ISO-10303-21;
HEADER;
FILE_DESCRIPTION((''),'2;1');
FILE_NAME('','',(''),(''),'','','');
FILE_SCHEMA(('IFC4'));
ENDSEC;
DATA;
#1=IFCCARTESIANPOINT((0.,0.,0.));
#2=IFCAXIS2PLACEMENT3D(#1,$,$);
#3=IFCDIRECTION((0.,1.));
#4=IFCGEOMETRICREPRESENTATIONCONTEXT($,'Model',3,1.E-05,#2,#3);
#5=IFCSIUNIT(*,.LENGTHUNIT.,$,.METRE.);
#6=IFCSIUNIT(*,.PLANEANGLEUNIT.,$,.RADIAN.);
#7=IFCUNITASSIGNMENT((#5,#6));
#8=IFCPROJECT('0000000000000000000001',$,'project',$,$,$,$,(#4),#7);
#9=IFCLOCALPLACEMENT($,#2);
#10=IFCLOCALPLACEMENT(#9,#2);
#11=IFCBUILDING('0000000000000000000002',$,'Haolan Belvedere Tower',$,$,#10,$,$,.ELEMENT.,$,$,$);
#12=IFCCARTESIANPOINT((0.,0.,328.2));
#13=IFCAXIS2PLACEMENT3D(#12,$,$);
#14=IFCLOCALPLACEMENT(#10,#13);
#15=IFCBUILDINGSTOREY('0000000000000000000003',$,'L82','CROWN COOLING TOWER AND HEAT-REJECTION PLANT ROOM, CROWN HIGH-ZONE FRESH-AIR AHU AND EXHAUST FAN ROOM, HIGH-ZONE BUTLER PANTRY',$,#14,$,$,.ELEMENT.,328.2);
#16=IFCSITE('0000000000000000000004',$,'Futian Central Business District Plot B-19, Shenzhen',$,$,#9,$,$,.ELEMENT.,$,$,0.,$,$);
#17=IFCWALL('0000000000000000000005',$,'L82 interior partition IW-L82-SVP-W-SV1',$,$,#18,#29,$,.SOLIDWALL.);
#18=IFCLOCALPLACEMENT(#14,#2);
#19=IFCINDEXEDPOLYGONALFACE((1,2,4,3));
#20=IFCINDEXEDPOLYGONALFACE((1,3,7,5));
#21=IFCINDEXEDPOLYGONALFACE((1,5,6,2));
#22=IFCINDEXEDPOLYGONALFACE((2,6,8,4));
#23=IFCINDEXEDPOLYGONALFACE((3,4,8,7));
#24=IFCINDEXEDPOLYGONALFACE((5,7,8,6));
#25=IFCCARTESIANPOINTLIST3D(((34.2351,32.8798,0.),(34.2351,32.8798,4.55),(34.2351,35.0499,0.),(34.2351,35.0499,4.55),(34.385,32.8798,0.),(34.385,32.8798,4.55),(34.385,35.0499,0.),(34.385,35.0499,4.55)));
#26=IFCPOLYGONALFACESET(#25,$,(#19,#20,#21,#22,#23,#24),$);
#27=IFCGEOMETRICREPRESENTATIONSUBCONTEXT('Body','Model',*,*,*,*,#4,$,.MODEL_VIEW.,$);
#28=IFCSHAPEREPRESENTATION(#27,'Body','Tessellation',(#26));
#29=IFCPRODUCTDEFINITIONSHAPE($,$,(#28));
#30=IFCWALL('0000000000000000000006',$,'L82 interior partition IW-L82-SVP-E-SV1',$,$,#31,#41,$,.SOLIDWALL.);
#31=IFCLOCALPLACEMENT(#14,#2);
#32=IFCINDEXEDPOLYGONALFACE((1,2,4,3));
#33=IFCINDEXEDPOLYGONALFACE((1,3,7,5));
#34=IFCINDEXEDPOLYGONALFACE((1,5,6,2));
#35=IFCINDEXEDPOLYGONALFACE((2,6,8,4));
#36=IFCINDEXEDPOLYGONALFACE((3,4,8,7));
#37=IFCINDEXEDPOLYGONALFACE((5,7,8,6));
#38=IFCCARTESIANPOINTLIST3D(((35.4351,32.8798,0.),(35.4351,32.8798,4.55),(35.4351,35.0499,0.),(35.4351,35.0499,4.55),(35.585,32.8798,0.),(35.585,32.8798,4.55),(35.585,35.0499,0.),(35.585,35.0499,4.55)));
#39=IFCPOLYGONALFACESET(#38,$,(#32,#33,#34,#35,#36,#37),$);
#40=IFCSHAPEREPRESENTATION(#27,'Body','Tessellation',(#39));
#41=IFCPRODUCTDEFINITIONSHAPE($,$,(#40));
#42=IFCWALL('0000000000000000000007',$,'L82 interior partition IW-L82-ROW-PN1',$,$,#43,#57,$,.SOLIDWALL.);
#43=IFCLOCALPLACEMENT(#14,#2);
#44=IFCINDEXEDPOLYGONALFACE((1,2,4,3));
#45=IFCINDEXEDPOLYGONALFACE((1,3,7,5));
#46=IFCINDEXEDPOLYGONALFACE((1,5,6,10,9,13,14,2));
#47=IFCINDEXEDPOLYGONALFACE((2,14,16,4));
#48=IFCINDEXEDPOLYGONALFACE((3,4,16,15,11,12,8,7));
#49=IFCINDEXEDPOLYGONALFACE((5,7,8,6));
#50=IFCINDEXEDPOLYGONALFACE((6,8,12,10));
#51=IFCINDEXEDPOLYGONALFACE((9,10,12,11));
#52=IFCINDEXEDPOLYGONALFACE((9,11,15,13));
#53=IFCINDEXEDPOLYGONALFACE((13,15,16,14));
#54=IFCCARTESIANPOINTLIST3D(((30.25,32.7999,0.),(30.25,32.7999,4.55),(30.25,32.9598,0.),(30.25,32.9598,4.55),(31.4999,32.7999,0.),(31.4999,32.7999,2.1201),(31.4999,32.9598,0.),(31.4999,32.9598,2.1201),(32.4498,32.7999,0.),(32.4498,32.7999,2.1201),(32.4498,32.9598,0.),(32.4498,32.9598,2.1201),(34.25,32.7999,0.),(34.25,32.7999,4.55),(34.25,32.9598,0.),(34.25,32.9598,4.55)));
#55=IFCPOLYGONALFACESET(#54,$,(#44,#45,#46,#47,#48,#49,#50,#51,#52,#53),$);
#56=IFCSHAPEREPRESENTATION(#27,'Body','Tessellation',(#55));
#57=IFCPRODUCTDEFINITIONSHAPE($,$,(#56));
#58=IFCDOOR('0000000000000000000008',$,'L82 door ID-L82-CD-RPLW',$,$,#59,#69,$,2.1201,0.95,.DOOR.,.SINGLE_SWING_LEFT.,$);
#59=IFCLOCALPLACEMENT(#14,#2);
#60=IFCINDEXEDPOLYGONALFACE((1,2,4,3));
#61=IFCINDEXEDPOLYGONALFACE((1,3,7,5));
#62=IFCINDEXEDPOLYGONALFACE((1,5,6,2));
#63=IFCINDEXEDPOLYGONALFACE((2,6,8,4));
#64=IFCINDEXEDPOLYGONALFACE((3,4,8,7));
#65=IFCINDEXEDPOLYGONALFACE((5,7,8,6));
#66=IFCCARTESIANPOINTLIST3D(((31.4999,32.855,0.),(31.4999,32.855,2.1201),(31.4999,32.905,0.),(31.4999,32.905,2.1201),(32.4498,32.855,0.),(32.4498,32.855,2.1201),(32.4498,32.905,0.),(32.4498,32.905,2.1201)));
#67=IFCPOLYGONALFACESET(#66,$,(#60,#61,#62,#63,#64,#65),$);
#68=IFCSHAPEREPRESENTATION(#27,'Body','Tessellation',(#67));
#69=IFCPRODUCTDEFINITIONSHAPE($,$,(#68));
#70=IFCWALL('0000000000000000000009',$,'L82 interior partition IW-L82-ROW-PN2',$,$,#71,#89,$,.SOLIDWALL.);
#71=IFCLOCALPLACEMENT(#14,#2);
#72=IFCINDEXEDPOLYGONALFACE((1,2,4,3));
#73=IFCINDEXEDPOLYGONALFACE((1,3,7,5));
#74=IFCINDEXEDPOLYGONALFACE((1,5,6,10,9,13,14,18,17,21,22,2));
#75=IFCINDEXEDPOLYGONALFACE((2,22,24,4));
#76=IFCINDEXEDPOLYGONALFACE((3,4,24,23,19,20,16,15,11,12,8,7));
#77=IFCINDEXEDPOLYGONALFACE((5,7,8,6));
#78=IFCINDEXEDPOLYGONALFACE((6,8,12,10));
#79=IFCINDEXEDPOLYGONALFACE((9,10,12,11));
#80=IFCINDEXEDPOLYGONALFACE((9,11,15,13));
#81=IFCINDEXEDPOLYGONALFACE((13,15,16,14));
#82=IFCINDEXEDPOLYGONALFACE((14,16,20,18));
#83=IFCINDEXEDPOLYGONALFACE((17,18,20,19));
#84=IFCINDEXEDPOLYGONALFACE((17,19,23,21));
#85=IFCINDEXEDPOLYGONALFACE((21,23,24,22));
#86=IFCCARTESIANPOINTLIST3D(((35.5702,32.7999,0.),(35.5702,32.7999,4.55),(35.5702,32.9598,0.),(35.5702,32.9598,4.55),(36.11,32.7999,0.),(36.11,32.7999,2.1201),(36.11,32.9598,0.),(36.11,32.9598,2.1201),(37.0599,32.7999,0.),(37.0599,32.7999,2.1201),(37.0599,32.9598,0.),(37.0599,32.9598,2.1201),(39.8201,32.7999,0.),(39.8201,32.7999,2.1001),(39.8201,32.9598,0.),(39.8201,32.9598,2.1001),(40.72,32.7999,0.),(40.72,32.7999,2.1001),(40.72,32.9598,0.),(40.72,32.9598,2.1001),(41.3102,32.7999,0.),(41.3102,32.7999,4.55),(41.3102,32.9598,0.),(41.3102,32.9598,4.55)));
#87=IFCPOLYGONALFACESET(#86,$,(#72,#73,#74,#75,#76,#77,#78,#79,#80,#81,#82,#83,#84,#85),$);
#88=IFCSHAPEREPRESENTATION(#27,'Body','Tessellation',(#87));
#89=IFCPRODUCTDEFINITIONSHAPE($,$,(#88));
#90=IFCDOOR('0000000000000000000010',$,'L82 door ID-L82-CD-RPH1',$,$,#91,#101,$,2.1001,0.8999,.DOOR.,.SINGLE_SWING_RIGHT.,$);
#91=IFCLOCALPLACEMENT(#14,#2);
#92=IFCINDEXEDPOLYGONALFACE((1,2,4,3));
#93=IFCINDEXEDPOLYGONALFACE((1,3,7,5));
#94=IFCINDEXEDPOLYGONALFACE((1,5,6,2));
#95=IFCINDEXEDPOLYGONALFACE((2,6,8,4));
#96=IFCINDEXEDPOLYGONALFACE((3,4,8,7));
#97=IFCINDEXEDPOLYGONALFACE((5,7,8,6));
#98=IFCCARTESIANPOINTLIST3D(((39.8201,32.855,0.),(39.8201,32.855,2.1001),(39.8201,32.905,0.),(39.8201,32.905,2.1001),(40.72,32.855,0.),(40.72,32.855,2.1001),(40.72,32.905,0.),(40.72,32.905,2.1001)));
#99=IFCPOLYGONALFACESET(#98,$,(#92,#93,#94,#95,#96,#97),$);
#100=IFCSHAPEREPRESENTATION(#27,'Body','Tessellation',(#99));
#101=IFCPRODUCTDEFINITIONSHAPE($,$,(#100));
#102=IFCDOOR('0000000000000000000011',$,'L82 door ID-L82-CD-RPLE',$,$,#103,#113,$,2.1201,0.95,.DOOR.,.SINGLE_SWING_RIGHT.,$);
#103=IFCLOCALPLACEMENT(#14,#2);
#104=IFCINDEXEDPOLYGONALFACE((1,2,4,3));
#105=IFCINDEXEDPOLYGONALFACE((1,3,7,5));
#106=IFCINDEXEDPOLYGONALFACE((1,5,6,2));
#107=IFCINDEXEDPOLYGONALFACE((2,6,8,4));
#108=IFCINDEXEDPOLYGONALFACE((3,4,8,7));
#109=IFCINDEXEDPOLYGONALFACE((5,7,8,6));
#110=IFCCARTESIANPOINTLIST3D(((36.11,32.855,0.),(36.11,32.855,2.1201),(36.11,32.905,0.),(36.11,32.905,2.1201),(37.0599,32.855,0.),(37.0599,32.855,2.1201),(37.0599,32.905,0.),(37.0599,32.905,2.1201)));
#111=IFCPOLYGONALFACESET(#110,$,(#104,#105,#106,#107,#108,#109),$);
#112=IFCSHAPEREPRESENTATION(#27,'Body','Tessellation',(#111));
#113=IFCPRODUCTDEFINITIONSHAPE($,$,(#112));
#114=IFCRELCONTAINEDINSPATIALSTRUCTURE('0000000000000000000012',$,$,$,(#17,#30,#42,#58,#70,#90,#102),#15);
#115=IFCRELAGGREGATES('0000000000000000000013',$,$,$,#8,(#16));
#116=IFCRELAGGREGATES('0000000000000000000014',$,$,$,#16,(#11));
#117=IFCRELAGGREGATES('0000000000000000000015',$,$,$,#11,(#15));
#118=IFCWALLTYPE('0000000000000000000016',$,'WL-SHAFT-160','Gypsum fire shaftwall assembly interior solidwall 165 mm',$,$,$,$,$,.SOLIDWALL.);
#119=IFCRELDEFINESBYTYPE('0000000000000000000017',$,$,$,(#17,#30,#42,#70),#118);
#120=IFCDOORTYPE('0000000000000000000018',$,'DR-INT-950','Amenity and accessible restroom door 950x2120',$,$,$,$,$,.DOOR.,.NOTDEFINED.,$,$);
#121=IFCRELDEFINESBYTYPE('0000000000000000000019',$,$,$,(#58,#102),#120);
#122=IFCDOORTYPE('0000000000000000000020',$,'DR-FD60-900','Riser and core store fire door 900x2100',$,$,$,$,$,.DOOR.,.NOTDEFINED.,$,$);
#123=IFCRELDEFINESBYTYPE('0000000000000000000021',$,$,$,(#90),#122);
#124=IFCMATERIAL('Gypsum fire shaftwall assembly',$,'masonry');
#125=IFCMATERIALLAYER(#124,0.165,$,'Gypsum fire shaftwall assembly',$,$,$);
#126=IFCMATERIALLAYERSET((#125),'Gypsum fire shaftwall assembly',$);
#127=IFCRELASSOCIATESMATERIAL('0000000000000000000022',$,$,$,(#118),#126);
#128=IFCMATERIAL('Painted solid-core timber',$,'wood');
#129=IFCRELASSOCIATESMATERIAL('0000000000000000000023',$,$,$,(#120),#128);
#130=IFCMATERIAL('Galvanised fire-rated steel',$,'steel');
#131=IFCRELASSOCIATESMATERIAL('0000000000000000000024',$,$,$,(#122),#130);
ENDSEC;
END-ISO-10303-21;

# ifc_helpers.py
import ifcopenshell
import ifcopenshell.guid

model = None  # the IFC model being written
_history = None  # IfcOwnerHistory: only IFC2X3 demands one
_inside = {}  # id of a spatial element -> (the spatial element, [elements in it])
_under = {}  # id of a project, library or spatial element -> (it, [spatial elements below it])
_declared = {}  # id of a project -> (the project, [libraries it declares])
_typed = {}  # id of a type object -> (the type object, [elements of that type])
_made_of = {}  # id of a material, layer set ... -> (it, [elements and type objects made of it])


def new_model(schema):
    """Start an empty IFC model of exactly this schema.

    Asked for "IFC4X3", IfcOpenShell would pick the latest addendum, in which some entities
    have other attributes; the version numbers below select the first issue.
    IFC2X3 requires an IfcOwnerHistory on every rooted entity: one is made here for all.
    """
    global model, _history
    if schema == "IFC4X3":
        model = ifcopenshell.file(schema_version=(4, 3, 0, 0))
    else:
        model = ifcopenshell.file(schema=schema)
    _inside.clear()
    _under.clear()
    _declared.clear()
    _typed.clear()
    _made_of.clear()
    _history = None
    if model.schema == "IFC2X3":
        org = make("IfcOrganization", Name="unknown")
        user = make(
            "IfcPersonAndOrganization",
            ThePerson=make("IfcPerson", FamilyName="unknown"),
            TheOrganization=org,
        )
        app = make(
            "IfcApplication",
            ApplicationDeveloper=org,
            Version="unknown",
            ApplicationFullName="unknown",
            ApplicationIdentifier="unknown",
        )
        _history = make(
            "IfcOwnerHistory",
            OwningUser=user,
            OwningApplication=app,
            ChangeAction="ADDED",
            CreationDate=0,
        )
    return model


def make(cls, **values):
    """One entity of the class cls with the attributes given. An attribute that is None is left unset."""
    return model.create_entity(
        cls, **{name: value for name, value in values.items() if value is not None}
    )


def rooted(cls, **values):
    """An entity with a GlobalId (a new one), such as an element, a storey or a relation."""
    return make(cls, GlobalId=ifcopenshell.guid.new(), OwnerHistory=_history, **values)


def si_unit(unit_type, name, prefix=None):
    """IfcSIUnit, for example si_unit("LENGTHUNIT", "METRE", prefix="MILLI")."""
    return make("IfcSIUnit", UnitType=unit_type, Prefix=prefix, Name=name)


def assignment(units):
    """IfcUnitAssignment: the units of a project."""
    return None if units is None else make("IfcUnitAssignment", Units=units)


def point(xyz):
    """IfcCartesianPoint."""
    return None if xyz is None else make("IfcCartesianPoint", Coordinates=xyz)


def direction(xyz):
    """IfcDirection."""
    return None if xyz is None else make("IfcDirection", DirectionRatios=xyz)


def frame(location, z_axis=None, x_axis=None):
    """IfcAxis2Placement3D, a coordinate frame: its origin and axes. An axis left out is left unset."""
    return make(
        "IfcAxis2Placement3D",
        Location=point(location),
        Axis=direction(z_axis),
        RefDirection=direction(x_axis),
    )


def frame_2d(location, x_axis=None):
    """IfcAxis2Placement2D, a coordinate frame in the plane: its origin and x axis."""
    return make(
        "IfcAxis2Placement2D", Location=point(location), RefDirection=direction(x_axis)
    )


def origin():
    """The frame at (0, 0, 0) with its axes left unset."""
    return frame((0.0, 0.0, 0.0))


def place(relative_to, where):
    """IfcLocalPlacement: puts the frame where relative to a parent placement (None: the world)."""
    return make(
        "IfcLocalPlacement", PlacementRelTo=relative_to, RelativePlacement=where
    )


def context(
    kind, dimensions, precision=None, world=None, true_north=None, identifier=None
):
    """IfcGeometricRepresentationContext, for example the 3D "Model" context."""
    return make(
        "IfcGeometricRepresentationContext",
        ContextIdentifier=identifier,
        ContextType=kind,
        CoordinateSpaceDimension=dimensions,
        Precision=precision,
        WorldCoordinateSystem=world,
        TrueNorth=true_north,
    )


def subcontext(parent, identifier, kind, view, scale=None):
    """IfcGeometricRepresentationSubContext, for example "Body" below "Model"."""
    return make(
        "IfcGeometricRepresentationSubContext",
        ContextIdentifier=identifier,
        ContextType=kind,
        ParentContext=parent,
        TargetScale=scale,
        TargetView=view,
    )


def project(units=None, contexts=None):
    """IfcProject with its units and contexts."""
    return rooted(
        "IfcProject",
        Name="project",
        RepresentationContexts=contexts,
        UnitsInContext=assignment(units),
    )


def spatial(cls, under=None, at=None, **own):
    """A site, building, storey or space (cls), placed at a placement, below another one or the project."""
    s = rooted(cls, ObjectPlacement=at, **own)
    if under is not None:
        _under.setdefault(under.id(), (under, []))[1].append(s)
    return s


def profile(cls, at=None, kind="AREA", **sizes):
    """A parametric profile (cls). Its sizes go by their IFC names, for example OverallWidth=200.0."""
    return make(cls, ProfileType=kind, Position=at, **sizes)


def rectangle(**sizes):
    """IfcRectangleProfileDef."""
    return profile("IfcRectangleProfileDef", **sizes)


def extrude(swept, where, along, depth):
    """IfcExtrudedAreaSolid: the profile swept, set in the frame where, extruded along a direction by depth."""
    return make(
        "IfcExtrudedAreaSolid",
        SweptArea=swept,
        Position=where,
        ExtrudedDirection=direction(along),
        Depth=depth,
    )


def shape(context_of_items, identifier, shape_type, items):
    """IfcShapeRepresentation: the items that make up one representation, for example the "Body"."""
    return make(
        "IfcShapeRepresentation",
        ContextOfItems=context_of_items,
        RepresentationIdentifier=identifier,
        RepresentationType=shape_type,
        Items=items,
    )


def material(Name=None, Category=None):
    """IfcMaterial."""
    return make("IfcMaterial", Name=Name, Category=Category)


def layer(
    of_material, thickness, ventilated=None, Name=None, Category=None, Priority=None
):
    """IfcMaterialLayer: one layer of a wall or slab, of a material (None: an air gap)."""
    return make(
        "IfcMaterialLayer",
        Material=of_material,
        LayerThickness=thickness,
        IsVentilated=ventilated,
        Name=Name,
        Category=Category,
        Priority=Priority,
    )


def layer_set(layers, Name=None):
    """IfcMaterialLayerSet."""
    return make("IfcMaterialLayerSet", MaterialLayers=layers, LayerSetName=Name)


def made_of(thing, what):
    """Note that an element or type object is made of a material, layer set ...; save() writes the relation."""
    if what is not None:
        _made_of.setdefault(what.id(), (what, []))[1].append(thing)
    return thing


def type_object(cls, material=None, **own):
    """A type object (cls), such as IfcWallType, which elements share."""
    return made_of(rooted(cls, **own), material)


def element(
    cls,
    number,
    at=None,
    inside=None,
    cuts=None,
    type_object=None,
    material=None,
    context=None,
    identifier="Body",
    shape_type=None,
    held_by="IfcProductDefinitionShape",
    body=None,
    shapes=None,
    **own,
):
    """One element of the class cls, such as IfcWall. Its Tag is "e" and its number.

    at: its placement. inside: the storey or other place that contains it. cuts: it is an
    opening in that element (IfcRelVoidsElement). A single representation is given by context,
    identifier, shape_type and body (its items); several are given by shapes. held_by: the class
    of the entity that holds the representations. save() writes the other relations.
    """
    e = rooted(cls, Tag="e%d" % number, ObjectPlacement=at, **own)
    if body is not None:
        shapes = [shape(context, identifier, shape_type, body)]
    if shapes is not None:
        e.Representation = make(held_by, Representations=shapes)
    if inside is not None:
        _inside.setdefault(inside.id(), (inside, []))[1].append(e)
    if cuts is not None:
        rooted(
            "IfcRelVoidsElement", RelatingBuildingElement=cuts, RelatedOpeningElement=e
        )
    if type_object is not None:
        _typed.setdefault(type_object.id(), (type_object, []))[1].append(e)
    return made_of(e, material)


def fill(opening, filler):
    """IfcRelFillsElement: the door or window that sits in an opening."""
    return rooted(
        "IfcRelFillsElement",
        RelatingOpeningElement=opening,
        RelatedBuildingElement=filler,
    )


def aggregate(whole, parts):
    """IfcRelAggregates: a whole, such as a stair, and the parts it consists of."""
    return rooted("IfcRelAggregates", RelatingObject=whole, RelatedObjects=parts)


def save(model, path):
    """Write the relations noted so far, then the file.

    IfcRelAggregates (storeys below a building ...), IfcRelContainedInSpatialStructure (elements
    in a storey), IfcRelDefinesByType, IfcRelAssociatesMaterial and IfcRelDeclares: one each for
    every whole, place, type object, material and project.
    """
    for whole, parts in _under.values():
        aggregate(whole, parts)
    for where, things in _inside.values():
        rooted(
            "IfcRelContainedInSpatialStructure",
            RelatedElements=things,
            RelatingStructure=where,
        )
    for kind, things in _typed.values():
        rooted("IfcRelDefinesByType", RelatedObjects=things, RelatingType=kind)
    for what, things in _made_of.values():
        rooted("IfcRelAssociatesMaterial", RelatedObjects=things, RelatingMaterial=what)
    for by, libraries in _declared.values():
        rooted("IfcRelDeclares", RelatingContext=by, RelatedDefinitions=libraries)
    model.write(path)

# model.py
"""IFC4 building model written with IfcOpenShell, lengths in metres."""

from ifc_helpers import new_model, si_unit, direction, frame, frame_2d, origin, place, context, subcontext, project, spatial, rectangle, extrude, material, layer, layer_set, type_object, element, fill, save


model = new_model("IFC4")

# Units and contexts
model_context = context("Model", 3, precision=1e-05, world=origin(), true_north=direction((0.0, 1.0)))
body_context = subcontext(model_context, "Body", "Model", "MODEL_VIEW")
ifc_project = project(units=[si_unit("LENGTHUNIT", "METRE"), si_unit("PLANEANGLEUNIT", "RADIAN")], contexts=[model_context])

# Site, building, storey
site_placement = place(None, origin())
site = spatial("IfcSite", under=ifc_project, at=site_placement, Name="Futian Central Business District Plot B-19, Shenzhen", CompositionType="ELEMENT", RefElevation=0.0)
building_placement = place(site_placement, origin())
building = spatial("IfcBuilding", under=site, at=building_placement, Name="Haolan Belvedere Tower", CompositionType="ELEMENT")
storey_placement = place(building_placement, frame((0.0, 0.0, 328.2)))
storey = spatial("IfcBuildingStorey", under=building, at=storey_placement, Name="L82", Description="CROWN COOLING TOWER AND HEAT-REJECTION PLANT ROOM, CROWN HIGH-ZONE FRESH-AIR AHU AND EXHAUST FAN ROOM, HIGH-ZONE BUTLER PANTRY", CompositionType="ELEMENT", Elevation=328.2)

# Walls
ifc_material_1 = material(Name="Gypsum fire shaftwall assembly", Category="masonry")
ifc_layer_1 = layer(ifc_material_1, 0.165, Name="Gypsum fire shaftwall assembly")
ifc_layer_set_1 = layer_set([ifc_layer_1], Name="Gypsum fire shaftwall assembly")
wall_type_1 = type_object("IfcWallType", Name="WL-SHAFT-160", Description="Gypsum fire shaftwall assembly interior solidwall 165 mm", PredefinedType="SOLIDWALL", material=ifc_layer_set_1)
for number, where, z_axis, x_axis, name in (
    (1, (34.3101, 32.8799, 0.0), (0.0, 0.0, 1.0), (0.0, 1.0, 0.0), "L82 interior partition IW-L82-SVP-W-SV1"),
    (2, (35.51, 32.8799, 0.0), (0.0, 0.0, 1.0), (0.0, 1.0, 0.0), "L82 interior partition IW-L82-SVP-E-SV1"),
):
    element("IfcWall", number, at=place(storey_placement, frame(where, z_axis=z_axis, x_axis=x_axis)), inside=storey, type_object=wall_type_1, Name=name, PredefinedType="SOLIDWALL", context=body_context, shape_type="SweptSolid", body=[
        extrude(rectangle(XDim=2.1702, YDim=0.1499, at=frame_2d((1.085, 0.0))), origin(), (0.0, 0.0, 1.0), 4.55),
    ])

# Wall, opening, door
wall_1_placement = place(storey_placement, frame((30.25, 32.8799, 0.0), z_axis=(0.0, 0.0, 1.0), x_axis=(1.0, 0.0, 0.0)))
wall_1 = element("IfcWall", 3, at=wall_1_placement, inside=storey, type_object=wall_type_1, Name="L82 interior partition IW-L82-ROW-PN1", PredefinedType="SOLIDWALL", context=body_context, shape_type="SweptSolid", body=[
    extrude(rectangle(XDim=4.0, YDim=0.1599, at=frame_2d((2.0, 0.0))), origin(), (0.0, 0.0, 1.0), 4.55),
])
opening_1_placement = place(wall_1_placement, frame((2.2, 0.0, 0.0), z_axis=(0.0, 0.0, 1.0), x_axis=(-1.0, 0.0, 0.0)))
opening_1 = element("IfcOpeningElement", 4, at=opening_1_placement, cuts=wall_1, PredefinedType="OPENING", context=body_context, shape_type="SweptSolid", body=[
    extrude(rectangle(XDim=0.95, YDim=2.1201, at=frame_2d((0.4751, 1.0601))), frame((0.0, 0.0898, 0.0), z_axis=(0.0, -1.0, 0.0), x_axis=(1.0, 0.0, 0.0)), (0.0, 0.0, 1.0), 0.1799),
])
ifc_material_2 = material(Name="Painted solid-core timber", Category="wood")
door_type_1 = type_object("IfcDoorType", Name="DR-INT-950", Description="Amenity and accessible restroom door 950x2120", OperationType="NOTDEFINED", PredefinedType="DOOR", material=ifc_material_2)
door_1_placement = place(opening_1_placement, origin())
door_1 = element("IfcDoor", 5, at=door_1_placement, inside=storey, type_object=door_type_1, Name="L82 door ID-L82-CD-RPLW", OperationType="SINGLE_SWING_LEFT", OverallHeight=2.1201, OverallWidth=0.95, PredefinedType="DOOR", context=body_context, shape_type="SweptSolid", body=[
    extrude(rectangle(XDim=0.95, YDim=2.1201, at=frame_2d((0.4751, 1.0601))), frame((0.0, 0.0249, 0.0), z_axis=(0.0, -1.0, 0.0), x_axis=(1.0, 0.0, 0.0)), (0.0, 0.0, 1.0), 0.05),
])
fill(opening_1, door_1)

# Wall, openings, doors
wall_2_placement = place(storey_placement, frame((35.5701, 32.8799, 0.0), z_axis=(0.0, 0.0, 1.0), x_axis=(1.0, 0.0, 0.0)))
wall_2 = element("IfcWall", 6, at=wall_2_placement, inside=storey, type_object=wall_type_1, Name="L82 interior partition IW-L82-ROW-PN2", PredefinedType="SOLIDWALL", context=body_context, shape_type="SweptSolid", body=[
    extrude(rectangle(XDim=5.74, YDim=0.1599, at=frame_2d((2.8701, 0.0))), origin(), (0.0, 0.0, 1.0), 4.55),
])
opening_2_placement = place(wall_2_placement, frame((1.49, 0.0, 0.0), z_axis=(0.0, 0.0, 1.0), x_axis=(-1.0, 0.0, 0.0)))
opening_2 = element("IfcOpeningElement", 7, at=opening_2_placement, cuts=wall_2, PredefinedType="OPENING", context=body_context, shape_type="SweptSolid", body=[
    extrude(rectangle(XDim=0.95, YDim=2.1201, at=frame_2d((0.4751, 1.0601))), frame((0.0, 0.0898, 0.0), z_axis=(0.0, -1.0, 0.0), x_axis=(1.0, 0.0, 0.0)), (0.0, 0.0, 1.0), 0.1799),
])
opening_3_placement = place(wall_2_placement, frame((5.1499, 0.0, 0.0), z_axis=(0.0, 0.0, 1.0), x_axis=(-1.0, 0.0, 0.0)))
opening_3 = element("IfcOpeningElement", 8, at=opening_3_placement, cuts=wall_2, PredefinedType="OPENING", context=body_context, shape_type="SweptSolid", body=[
    extrude(rectangle(XDim=0.8999, YDim=2.1001, at=frame_2d((0.45, 1.05))), frame((0.0, 0.0898, 0.0), z_axis=(0.0, -1.0, 0.0), x_axis=(1.0, 0.0, 0.0)), (0.0, 0.0, 1.0), 0.1799),
])
ifc_material_3 = material(Name="Galvanised fire-rated steel", Category="steel")
door_type_2 = type_object("IfcDoorType", Name="DR-FD60-900", Description="Riser and core store fire door 900x2100", OperationType="NOTDEFINED", PredefinedType="DOOR", material=ifc_material_3)
door_2_placement = place(opening_3_placement, origin())
door_2 = element("IfcDoor", 9, at=door_2_placement, inside=storey, type_object=door_type_2, Name="L82 door ID-L82-CD-RPH1", OperationType="SINGLE_SWING_RIGHT", OverallHeight=2.1001, OverallWidth=0.8999, PredefinedType="DOOR", context=body_context, shape_type="SweptSolid", body=[
    extrude(rectangle(XDim=0.8999, YDim=2.1001, at=frame_2d((0.45, 1.05))), frame((0.0, 0.0249, 0.0), z_axis=(0.0, -1.0, 0.0), x_axis=(1.0, 0.0, 0.0)), (0.0, 0.0, 1.0), 0.05),
])
fill(opening_3, door_2)
door_3_placement = place(opening_2_placement, origin())
door_3 = element("IfcDoor", 10, at=door_3_placement, inside=storey, type_object=door_type_1, Name="L82 door ID-L82-CD-RPLE", OperationType="SINGLE_SWING_RIGHT", OverallHeight=2.1201, OverallWidth=0.95, PredefinedType="DOOR", context=body_context, shape_type="SweptSolid", body=[
    extrude(rectangle(XDim=0.95, YDim=2.1201, at=frame_2d((0.4751, 1.0601))), frame((0.0, 0.0249, 0.0), z_axis=(0.0, -1.0, 0.0), x_axis=(1.0, 0.0, 0.0)), (0.0, 0.0, 1.0), 0.05),
])
fill(opening_2, door_3)

save(model, "model.ifc")
